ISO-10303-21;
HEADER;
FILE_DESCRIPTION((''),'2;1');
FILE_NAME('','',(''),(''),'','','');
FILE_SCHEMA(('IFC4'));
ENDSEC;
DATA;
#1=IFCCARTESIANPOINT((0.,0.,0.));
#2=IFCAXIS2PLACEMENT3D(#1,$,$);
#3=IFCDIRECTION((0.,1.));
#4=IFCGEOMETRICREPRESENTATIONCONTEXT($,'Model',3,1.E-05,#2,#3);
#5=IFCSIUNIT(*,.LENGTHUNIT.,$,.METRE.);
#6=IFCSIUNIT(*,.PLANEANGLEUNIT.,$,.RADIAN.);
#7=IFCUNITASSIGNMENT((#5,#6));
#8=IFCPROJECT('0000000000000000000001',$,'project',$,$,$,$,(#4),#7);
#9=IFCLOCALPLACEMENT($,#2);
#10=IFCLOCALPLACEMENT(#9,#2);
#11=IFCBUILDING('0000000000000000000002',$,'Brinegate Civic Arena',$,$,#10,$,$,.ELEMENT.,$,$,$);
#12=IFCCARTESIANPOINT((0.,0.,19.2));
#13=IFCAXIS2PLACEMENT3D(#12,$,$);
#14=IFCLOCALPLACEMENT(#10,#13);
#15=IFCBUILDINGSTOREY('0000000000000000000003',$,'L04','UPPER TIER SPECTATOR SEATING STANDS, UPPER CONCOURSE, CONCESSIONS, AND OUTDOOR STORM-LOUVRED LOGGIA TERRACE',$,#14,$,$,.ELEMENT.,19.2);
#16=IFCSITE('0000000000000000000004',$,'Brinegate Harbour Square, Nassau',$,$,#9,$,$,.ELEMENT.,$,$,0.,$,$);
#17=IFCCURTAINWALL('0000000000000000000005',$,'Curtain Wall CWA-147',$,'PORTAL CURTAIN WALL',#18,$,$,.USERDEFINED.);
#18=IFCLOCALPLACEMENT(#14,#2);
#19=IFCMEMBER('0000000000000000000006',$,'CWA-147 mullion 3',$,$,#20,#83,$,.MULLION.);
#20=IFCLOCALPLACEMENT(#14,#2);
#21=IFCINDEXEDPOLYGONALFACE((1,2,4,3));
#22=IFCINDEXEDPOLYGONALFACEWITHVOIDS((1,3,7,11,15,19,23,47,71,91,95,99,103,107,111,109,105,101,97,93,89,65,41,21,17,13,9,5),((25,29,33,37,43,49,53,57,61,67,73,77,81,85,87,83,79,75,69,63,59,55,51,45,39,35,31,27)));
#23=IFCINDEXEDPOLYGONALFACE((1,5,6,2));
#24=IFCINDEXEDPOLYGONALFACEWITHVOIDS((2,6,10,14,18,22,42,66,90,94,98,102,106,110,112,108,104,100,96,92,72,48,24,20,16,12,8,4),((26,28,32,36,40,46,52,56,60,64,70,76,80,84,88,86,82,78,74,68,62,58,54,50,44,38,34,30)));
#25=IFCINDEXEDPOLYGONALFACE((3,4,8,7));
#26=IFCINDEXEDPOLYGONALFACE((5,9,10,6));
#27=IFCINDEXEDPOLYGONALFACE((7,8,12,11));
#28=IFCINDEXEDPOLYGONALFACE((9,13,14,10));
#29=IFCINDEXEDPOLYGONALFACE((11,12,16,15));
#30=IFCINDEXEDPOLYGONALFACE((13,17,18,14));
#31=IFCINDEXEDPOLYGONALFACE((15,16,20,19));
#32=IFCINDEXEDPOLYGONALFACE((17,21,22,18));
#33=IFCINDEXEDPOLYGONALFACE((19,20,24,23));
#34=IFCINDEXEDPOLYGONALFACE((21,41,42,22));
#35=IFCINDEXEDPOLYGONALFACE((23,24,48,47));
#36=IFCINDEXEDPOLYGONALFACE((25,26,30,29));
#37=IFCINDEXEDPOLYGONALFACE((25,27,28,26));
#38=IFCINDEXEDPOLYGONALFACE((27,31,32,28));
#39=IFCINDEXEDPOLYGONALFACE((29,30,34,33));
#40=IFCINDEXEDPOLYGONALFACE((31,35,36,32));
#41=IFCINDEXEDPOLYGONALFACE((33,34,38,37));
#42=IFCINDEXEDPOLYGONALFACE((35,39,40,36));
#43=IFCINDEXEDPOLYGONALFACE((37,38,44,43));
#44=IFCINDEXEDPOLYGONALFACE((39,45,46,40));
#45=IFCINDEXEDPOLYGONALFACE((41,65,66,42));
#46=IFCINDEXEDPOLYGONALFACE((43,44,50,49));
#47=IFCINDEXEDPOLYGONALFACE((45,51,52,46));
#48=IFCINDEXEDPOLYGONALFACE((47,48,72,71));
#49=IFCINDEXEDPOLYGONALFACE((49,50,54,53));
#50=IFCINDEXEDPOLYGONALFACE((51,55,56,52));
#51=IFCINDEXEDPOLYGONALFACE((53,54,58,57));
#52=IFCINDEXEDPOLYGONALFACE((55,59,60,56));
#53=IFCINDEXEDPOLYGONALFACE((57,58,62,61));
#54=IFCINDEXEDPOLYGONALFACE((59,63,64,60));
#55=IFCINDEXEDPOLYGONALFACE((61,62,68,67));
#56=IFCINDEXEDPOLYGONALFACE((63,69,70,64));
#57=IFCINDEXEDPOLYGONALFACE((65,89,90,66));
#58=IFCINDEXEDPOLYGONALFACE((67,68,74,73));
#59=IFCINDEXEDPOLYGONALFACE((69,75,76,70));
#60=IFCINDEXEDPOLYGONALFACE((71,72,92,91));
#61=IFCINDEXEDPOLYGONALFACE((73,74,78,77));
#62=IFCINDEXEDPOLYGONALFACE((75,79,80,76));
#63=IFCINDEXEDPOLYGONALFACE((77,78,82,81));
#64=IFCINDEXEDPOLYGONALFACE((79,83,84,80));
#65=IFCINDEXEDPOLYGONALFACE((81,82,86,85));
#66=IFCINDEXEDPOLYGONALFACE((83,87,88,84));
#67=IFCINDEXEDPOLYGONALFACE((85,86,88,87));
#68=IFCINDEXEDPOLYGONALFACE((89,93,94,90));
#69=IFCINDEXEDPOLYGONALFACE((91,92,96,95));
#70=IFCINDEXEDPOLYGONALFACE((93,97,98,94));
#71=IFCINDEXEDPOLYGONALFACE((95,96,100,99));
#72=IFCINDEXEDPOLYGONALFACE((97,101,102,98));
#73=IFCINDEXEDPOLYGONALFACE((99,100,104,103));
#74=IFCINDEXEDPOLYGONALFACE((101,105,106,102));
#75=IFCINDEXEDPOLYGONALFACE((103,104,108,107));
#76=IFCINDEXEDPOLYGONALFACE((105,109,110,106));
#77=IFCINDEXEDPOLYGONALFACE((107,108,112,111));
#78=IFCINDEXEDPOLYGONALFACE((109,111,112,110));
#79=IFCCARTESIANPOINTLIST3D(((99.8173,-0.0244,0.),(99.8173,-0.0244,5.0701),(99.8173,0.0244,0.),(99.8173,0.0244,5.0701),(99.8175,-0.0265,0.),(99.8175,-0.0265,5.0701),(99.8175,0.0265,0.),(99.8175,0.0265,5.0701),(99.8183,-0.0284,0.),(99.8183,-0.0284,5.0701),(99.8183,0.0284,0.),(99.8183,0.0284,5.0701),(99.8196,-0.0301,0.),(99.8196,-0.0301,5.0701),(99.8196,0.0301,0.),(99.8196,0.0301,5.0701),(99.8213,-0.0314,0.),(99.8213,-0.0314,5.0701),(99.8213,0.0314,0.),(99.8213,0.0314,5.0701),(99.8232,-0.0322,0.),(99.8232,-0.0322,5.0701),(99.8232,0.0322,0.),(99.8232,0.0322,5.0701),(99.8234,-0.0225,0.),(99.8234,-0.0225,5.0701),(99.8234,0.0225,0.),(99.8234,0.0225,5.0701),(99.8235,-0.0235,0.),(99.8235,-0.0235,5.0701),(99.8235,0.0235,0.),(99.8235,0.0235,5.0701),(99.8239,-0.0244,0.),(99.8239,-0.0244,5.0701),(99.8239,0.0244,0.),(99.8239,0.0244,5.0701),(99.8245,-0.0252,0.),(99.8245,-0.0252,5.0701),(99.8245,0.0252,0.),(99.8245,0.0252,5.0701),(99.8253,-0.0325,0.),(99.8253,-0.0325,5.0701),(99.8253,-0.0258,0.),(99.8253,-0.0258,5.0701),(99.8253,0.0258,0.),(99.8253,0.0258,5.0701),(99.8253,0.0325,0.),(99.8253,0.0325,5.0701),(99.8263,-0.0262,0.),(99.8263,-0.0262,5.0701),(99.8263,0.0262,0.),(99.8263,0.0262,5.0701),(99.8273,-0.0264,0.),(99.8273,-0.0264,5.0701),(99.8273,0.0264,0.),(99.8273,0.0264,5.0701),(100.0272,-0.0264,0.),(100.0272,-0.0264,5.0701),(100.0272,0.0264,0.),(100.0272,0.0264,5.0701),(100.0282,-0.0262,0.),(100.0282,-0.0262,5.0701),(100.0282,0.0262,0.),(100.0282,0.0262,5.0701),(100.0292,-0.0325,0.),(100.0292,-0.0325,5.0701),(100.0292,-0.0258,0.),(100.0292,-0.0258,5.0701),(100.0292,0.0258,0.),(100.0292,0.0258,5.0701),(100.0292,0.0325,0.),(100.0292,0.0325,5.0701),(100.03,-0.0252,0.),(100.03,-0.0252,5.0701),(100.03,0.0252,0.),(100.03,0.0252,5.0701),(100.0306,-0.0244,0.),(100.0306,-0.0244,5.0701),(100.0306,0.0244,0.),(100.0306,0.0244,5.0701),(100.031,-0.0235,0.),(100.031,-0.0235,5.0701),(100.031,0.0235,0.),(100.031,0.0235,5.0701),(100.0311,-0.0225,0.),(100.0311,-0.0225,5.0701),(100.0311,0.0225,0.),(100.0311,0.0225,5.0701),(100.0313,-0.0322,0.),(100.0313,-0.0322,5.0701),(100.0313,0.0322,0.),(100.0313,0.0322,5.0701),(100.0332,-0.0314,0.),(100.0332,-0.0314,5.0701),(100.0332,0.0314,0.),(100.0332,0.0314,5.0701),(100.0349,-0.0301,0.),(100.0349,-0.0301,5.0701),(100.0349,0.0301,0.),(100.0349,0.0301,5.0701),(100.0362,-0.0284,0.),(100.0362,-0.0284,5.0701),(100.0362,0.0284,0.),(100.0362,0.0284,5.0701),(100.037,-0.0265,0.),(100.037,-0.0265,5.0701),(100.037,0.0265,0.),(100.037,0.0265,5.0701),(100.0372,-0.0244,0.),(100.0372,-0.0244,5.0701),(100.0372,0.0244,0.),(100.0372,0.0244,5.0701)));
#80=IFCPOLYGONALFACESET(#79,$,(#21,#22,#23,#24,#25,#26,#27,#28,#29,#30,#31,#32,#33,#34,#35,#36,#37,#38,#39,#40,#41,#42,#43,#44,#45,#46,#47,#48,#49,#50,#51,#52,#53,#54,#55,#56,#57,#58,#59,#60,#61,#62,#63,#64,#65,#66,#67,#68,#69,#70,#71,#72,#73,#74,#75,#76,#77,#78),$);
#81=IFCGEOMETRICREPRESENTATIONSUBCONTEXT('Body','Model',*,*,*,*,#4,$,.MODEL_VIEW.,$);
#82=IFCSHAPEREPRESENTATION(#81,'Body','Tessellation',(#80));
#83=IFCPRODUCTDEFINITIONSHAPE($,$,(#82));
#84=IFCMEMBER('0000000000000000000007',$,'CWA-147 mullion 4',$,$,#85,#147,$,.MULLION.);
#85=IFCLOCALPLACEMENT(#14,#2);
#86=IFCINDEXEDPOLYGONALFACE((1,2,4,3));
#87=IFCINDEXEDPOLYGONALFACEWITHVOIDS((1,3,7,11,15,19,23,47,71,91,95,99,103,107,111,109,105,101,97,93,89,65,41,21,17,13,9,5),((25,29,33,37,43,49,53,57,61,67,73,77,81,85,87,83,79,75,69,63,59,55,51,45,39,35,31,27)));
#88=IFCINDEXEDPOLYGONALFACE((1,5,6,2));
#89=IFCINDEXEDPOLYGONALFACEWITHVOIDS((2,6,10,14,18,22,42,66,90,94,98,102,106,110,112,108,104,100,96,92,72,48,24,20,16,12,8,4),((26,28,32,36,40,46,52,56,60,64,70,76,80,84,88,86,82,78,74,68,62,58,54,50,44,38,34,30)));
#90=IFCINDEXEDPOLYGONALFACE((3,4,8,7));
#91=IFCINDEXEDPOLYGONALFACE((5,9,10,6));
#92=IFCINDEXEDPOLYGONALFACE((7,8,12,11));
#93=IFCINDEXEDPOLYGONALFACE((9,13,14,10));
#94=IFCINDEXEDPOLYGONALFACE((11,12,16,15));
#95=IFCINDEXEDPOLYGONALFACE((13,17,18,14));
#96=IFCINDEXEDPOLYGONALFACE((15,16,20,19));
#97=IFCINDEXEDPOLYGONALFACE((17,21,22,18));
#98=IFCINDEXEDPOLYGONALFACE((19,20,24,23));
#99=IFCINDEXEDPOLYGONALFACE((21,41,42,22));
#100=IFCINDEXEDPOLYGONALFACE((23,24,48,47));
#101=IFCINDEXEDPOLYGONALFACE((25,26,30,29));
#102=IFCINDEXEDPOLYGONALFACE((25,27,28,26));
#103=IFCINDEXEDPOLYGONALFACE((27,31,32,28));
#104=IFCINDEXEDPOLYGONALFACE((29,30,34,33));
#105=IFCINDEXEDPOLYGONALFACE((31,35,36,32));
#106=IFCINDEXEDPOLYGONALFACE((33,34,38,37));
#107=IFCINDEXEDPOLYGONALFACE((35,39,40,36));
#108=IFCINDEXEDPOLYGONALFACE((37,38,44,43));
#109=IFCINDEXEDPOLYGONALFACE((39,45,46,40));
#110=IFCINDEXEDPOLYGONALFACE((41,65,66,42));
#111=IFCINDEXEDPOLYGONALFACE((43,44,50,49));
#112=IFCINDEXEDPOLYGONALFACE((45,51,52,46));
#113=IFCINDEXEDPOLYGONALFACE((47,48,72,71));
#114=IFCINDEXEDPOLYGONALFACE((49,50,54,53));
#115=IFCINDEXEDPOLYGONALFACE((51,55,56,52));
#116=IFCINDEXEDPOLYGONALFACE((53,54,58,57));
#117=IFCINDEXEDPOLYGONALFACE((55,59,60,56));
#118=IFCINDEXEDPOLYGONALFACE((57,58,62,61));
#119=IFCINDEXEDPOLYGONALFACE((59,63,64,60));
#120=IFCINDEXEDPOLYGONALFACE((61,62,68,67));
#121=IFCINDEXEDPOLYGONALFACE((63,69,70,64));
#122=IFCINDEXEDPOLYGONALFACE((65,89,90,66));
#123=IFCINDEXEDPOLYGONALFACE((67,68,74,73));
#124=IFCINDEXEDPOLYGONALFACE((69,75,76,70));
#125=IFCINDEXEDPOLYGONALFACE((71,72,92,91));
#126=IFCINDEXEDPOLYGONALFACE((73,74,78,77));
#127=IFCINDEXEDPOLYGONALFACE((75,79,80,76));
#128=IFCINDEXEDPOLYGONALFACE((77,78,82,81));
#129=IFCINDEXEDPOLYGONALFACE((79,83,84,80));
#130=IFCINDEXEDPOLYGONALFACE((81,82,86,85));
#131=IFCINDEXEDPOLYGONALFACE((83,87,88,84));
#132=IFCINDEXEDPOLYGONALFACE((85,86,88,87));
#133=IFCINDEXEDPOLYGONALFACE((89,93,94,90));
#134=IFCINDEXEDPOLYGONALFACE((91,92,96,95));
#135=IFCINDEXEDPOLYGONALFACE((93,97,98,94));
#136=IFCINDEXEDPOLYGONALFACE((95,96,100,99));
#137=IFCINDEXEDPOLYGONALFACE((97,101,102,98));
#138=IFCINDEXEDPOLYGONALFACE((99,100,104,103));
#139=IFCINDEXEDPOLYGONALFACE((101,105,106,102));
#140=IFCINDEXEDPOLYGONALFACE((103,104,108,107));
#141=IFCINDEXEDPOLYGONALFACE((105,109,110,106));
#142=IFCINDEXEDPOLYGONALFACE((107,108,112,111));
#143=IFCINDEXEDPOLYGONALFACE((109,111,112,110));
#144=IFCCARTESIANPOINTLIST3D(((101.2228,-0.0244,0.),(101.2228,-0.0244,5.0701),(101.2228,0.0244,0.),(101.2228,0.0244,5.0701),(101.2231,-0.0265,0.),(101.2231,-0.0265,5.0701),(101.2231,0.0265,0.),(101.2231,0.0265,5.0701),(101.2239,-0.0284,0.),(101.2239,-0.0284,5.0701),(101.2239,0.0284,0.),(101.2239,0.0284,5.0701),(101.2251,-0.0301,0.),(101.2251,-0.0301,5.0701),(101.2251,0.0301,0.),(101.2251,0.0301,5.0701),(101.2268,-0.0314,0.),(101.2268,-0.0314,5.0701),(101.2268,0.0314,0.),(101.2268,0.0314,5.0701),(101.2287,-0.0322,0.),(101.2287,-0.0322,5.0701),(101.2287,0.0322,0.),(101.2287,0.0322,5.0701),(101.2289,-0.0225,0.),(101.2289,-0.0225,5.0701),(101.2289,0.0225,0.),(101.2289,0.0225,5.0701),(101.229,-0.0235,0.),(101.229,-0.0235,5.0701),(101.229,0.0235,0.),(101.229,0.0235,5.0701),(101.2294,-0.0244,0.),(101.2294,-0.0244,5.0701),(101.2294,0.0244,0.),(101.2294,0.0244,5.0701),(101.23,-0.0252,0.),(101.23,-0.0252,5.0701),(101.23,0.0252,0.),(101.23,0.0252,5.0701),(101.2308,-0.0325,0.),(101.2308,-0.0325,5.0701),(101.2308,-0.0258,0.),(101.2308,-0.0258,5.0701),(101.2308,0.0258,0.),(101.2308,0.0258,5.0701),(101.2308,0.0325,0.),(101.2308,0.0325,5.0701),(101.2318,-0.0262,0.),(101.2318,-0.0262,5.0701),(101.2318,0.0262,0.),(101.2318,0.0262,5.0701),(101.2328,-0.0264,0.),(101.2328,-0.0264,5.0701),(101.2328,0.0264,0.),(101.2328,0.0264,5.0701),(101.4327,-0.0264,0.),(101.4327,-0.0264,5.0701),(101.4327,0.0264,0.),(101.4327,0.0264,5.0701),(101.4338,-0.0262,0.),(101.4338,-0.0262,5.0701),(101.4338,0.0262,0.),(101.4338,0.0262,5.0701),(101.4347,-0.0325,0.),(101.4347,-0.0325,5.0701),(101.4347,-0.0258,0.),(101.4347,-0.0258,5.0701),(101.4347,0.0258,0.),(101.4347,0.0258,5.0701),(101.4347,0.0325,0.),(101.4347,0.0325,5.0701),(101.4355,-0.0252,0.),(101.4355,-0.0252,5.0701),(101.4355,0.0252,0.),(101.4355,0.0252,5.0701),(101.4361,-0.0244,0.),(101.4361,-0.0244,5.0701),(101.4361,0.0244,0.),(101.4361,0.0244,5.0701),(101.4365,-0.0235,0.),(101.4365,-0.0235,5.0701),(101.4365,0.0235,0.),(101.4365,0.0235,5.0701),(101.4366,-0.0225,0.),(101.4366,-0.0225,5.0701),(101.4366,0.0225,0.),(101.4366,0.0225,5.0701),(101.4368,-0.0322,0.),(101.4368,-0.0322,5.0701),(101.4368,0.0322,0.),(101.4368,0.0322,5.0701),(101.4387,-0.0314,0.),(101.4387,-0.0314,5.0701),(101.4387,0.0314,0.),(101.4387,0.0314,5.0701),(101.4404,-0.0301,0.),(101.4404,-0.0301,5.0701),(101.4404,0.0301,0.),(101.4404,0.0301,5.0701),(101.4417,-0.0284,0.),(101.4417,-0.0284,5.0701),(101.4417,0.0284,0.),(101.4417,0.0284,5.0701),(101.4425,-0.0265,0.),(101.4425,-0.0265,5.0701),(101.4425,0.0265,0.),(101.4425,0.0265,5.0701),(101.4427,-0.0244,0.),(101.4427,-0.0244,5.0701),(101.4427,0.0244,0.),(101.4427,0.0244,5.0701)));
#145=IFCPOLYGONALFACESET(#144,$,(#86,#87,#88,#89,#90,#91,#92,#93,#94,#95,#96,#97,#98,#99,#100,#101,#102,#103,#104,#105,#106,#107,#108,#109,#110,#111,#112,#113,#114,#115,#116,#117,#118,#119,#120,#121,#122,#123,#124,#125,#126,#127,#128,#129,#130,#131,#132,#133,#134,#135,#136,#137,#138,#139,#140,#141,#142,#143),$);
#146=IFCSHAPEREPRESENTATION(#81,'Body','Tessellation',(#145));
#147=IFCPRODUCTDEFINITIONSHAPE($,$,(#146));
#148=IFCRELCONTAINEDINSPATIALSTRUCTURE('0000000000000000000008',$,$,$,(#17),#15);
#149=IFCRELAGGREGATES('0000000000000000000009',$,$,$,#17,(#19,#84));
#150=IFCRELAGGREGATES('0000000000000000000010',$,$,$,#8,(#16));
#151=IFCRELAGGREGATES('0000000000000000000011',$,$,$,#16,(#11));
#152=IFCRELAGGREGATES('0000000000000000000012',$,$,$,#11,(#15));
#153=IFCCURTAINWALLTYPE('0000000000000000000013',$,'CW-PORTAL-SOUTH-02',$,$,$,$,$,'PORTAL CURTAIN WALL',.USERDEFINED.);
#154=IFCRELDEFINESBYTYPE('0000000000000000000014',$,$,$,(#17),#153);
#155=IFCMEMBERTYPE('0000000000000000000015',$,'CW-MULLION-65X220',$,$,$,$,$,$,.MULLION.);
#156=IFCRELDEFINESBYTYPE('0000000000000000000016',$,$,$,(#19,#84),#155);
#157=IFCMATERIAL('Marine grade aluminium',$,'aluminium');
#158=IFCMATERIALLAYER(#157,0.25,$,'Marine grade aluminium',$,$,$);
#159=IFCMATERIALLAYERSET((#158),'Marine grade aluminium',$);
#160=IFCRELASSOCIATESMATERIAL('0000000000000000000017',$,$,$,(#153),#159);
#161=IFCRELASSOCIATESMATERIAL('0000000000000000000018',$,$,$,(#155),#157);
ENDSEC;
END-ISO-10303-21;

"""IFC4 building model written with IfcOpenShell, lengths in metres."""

from ifc_helpers import new_model, si_unit, direction, frame, origin, origin_2d, place, context, subcontext, project, spatial, hollow_rectangle, extrude, material, layer, layer_set, material_profile, profile_set, type_object, element, aggregate, save


model = new_model("IFC4")

# Units and contexts
model_context = context("Model", 3, precision=1e-05, world=origin(), true_north=direction((0.0, 1.0)))
body_context = subcontext(model_context, "Body", "Model", "MODEL_VIEW")
ifc_project = project(units=[si_unit("LENGTHUNIT", "METRE"), si_unit("PLANEANGLEUNIT", "RADIAN")], contexts=[model_context])

# Site, building, storey
site_placement = place(None, origin())
site = spatial("IfcSite", under=ifc_project, at=site_placement, Name="Brinegate Harbour Square, Nassau", CompositionType="ELEMENT", RefElevation=0.0)
building_placement = place(site_placement, origin())
building = spatial("IfcBuilding", under=site, at=building_placement, Name="Brinegate Civic Arena", CompositionType="ELEMENT")
storey_placement = place(building_placement, frame((0.0, 0.0, 19.2)))
storey = spatial("IfcBuildingStorey", under=building, at=storey_placement, Name="L04", Description="UPPER TIER SPECTATOR SEATING STANDS, UPPER CONCOURSE, CONCESSIONS, AND OUTDOOR STORM-LOUVRED LOGGIA TERRACE", CompositionType="ELEMENT", Elevation=19.2)

# Curtain wall, members
ifc_material_1 = material(Name="Marine grade aluminium", Category="aluminium")
ifc_layer_1 = layer(ifc_material_1, 0.25, Name="Marine grade aluminium")
ifc_layer_set_1 = layer_set([ifc_layer_1], Name="Marine grade aluminium")
curtain_wall_type = type_object("IfcCurtainWallType", Name="CW-PORTAL-SOUTH-02", ElementType="PORTAL CURTAIN WALL", PredefinedType="USERDEFINED", material=ifc_layer_set_1)
curtain_wall_placement = place(storey_placement, origin())
curtain_wall = element("IfcCurtainWall", 1, at=curtain_wall_placement, inside=storey, type_object=curtain_wall_type, Name="Curtain Wall CWA-147", ObjectType="PORTAL CURTAIN WALL", PredefinedType="USERDEFINED")
ifc_material_profile_1 = material_profile(ifc_material_1, hollow_rectangle(XDim=0.0649, YDim=0.22, WallThickness=0.0061, InnerFilletRadius=0.0039, OuterFilletRadius=0.0081, at=origin_2d()), Name="MUL65X220")
ifc_profile_set_1 = profile_set([ifc_material_profile_1], Name="Marine grade aluminium")
member_type_1 = type_object("IfcMemberType", Name="CW-MULLION-65X220", PredefinedType="MULLION", material=ifc_profile_set_1)
member_1_placement = place(storey_placement, frame((99.9272, 0.0, 0.0), z_axis=(0.0, 0.0, 1.0), x_axis=(0.0, 1.0, 0.0)))
member_1 = element("IfcMember", 2, at=member_1_placement, type_object=member_type_1, Name="CWA-147 mullion 3", PredefinedType="MULLION", context=body_context, shape_type="SweptSolid", body=[
    extrude(hollow_rectangle(XDim=0.0649, YDim=0.22, WallThickness=0.0061, InnerFilletRadius=0.0039, OuterFilletRadius=0.0081, at=origin_2d()), origin(), (0.0, 0.0, 1.0), 5.0701),
])
member_2_placement = place(storey_placement, frame((101.3328, 0.0, 0.0), z_axis=(0.0, 0.0, 1.0), x_axis=(0.0, 1.0, 0.0)))
member_2 = element("IfcMember", 3, at=member_2_placement, type_object=member_type_1, Name="CWA-147 mullion 4", PredefinedType="MULLION", context=body_context, shape_type="SweptSolid", body=[
    extrude(hollow_rectangle(XDim=0.0649, YDim=0.22, WallThickness=0.0061, InnerFilletRadius=0.0039, OuterFilletRadius=0.0081, at=origin_2d()), origin(), (0.0, 0.0, 1.0), 5.0701),
])
aggregate(curtain_wall, [member_1, member_2])

save(model, "model.ifc")
